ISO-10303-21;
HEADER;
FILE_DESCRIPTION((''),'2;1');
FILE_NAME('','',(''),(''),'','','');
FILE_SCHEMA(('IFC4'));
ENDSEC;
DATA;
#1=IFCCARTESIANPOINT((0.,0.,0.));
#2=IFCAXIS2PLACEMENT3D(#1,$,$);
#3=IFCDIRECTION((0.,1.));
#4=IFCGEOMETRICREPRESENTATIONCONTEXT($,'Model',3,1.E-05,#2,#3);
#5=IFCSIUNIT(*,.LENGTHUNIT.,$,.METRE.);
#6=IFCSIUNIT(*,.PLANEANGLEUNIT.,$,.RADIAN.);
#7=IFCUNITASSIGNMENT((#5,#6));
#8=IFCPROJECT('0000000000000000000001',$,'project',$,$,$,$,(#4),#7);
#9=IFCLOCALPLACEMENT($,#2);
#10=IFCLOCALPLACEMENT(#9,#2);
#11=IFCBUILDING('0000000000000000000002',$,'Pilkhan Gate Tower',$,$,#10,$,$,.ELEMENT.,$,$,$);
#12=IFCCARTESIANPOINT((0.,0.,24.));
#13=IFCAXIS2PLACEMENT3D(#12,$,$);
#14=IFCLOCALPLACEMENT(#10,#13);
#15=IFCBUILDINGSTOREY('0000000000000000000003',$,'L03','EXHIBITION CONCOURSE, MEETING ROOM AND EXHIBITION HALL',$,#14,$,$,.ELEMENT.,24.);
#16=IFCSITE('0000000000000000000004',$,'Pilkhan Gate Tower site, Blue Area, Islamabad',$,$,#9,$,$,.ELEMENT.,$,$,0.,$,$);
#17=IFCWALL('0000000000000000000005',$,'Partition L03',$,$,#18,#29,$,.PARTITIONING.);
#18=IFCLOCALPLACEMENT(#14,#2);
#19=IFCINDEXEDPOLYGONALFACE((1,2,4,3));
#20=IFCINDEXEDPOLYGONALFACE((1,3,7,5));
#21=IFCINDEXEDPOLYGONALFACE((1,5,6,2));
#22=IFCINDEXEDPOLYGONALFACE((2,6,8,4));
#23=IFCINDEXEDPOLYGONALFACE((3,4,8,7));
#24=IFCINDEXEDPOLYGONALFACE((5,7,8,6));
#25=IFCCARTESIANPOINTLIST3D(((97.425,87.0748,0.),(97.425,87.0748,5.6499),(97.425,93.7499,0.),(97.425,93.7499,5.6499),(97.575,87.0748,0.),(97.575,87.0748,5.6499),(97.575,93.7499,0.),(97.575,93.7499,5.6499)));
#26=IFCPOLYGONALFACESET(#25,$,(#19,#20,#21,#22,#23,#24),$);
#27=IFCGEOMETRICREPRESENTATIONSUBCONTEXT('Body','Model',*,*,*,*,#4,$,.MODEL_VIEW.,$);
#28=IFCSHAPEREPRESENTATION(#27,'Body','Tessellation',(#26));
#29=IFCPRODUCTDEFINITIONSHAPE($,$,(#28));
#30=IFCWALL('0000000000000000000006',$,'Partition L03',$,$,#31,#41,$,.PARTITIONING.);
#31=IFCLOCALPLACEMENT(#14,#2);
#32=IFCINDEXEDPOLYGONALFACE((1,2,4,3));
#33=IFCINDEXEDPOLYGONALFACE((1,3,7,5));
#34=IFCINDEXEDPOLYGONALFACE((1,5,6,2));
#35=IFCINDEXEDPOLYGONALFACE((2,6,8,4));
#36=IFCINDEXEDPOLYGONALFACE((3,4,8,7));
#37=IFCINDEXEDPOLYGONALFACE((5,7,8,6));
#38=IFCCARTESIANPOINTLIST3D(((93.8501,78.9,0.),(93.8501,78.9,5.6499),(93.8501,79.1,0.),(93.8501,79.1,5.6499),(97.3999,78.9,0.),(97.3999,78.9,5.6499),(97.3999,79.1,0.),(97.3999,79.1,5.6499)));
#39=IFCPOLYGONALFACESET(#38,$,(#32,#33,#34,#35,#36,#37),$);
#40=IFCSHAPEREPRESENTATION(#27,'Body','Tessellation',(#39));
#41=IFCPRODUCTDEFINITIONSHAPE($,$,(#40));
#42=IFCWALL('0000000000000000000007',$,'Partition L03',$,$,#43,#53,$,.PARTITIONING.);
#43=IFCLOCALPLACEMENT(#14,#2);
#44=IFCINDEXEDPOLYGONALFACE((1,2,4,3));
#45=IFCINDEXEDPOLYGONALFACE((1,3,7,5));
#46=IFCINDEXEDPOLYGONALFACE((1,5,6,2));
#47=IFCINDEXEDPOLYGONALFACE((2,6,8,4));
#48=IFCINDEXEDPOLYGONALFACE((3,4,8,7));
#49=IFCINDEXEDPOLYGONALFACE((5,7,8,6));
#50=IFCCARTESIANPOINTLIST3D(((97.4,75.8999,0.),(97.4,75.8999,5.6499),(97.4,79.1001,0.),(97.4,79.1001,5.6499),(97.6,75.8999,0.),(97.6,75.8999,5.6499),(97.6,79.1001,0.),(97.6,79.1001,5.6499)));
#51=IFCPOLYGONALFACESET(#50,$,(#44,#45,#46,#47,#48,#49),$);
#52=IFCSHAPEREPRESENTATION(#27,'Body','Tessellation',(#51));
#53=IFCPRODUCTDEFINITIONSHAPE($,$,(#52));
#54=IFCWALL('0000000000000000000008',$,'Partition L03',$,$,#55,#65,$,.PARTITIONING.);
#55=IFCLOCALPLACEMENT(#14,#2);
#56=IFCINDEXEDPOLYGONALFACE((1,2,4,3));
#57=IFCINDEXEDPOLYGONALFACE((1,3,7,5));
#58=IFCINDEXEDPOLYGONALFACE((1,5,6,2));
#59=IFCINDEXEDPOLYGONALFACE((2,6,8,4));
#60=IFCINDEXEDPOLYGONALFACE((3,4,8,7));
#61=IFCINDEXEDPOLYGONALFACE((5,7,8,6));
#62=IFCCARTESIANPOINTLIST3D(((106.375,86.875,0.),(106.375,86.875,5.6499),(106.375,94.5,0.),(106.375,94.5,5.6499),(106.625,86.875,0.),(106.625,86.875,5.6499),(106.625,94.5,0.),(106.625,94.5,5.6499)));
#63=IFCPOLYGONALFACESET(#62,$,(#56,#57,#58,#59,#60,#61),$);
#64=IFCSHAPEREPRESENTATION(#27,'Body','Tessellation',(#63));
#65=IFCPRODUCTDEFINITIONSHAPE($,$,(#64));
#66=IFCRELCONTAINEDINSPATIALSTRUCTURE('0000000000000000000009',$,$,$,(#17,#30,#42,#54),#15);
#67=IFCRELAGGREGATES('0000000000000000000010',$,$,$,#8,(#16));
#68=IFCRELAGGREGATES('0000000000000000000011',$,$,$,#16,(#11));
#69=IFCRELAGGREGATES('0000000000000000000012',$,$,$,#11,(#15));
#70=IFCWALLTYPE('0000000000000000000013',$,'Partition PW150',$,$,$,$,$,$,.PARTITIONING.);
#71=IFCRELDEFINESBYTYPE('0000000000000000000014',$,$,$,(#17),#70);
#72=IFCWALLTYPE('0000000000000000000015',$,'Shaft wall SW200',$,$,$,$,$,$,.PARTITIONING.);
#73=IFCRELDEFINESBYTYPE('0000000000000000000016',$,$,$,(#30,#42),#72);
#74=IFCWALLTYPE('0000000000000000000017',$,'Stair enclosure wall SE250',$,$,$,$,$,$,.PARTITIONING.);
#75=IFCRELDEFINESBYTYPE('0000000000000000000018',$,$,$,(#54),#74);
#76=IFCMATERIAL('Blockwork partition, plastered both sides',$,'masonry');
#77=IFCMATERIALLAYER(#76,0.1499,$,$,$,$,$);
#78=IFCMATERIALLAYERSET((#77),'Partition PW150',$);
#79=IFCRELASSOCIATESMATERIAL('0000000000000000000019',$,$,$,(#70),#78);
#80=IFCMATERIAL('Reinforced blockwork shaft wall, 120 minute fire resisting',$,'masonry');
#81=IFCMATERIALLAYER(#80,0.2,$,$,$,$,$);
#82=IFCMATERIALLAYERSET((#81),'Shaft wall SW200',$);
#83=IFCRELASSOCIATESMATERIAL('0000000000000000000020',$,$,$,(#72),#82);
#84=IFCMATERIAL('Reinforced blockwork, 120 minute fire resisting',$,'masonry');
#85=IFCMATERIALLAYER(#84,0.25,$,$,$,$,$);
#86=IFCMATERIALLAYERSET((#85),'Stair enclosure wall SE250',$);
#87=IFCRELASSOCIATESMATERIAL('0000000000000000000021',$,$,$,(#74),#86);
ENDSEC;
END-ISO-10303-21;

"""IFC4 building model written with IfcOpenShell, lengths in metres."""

from ifc_helpers import new_model, si_unit, direction, frame, frame_2d, origin, place, context, subcontext, project, spatial, rectangle, extrude, material, layer, layer_set, type_object, element, save


model = new_model("IFC4")

# Units and contexts
model_context = context("Model", 3, precision=1e-05, world=origin(), true_north=direction((0.0, 1.0)))
body_context = subcontext(model_context, "Body", "Model", "MODEL_VIEW")
ifc_project = project(units=[si_unit("LENGTHUNIT", "METRE"), si_unit("PLANEANGLEUNIT", "RADIAN")], contexts=[model_context])

# Site, building, storey
site_placement = place(None, origin())
site = spatial("IfcSite", under=ifc_project, at=site_placement, Name="Pilkhan Gate Tower site, Blue Area, Islamabad", CompositionType="ELEMENT", RefElevation=0.0)
building_placement = place(site_placement, origin())
building = spatial("IfcBuilding", under=site, at=building_placement, Name="Pilkhan Gate Tower", CompositionType="ELEMENT")
storey_placement = place(building_placement, frame((0.0, 0.0, 24.0)))
storey = spatial("IfcBuildingStorey", under=building, at=storey_placement, Name="L03", Description="EXHIBITION CONCOURSE, MEETING ROOM AND EXHIBITION HALL", CompositionType="ELEMENT", Elevation=24.0)

# Walls
ifc_material_1 = material(Name="Blockwork partition, plastered both sides", Category="masonry")
ifc_layer_1 = layer(ifc_material_1, 0.1499)
ifc_layer_set_1 = layer_set([ifc_layer_1], Name="Partition PW150")
wall_type_1 = type_object("IfcWallType", Name="Partition PW150", PredefinedType="PARTITIONING", material=ifc_layer_set_1)
wall_1_placement = place(storey_placement, frame((97.5, 87.075, 0.0), z_axis=(0.0, 0.0, 1.0), x_axis=(0.0, 1.0, 0.0)))
element("IfcWall", 1, at=wall_1_placement, inside=storey, type_object=wall_type_1, Name="Partition L03", PredefinedType="PARTITIONING", context=body_context, shape_type="SweptSolid", body=[
    extrude(rectangle(XDim=6.675, YDim=0.1499, at=frame_2d((3.3374, 0.0))), origin(), (0.0, 0.0, 1.0), 5.6499),
])
ifc_material_2 = material(Name="Reinforced blockwork shaft wall, 120 minute fire resisting", Category="masonry")
ifc_layer_2 = layer(ifc_material_2, 0.2)
ifc_layer_set_2 = layer_set([ifc_layer_2], Name="Shaft wall SW200")
wall_type_2 = type_object("IfcWallType", Name="Shaft wall SW200", PredefinedType="PARTITIONING", material=ifc_layer_set_2)
wall_2_placement = place(storey_placement, frame((93.8501, 79.0, 0.0), z_axis=(0.0, 0.0, 1.0), x_axis=(1.0, 0.0, 0.0)))
element("IfcWall", 2, at=wall_2_placement, inside=storey, type_object=wall_type_2, Name="Partition L03", PredefinedType="PARTITIONING", context=body_context, shape_type="SweptSolid", body=[
    extrude(rectangle(XDim=3.5498, YDim=0.2, at=frame_2d((1.7749, 0.0))), origin(), (0.0, 0.0, 1.0), 5.6499),
])
wall_3_placement = place(storey_placement, frame((97.5, 75.8999, 0.0), z_axis=(0.0, 0.0, 1.0), x_axis=(0.0, 1.0, 0.0)))
element("IfcWall", 3, at=wall_3_placement, inside=storey, type_object=wall_type_2, Name="Partition L03", PredefinedType="PARTITIONING", context=body_context, shape_type="SweptSolid", body=[
    extrude(rectangle(XDim=3.2002, YDim=0.2, at=frame_2d((1.6001, 0.0))), origin(), (0.0, 0.0, 1.0), 5.6499),
])
ifc_material_3 = material(Name="Reinforced blockwork, 120 minute fire resisting", Category="masonry")
ifc_layer_3 = layer(ifc_material_3, 0.25)
ifc_layer_set_3 = layer_set([ifc_layer_3], Name="Stair enclosure wall SE250")
wall_type_3 = type_object("IfcWallType", Name="Stair enclosure wall SE250", PredefinedType="PARTITIONING", material=ifc_layer_set_3)
wall_4_placement = place(storey_placement, frame((106.5, 86.875, 0.0), z_axis=(0.0, 0.0, 1.0), x_axis=(0.0, 1.0, 0.0)))
element("IfcWall", 4, at=wall_4_placement, inside=storey, type_object=wall_type_3, Name="Partition L03", PredefinedType="PARTITIONING", context=body_context, shape_type="SweptSolid", body=[
    extrude(rectangle(XDim=7.625, YDim=0.25, at=frame_2d((3.8125, 0.0))), origin(), (0.0, 0.0, 1.0), 5.6499),
])

save(model, "model.ifc")
